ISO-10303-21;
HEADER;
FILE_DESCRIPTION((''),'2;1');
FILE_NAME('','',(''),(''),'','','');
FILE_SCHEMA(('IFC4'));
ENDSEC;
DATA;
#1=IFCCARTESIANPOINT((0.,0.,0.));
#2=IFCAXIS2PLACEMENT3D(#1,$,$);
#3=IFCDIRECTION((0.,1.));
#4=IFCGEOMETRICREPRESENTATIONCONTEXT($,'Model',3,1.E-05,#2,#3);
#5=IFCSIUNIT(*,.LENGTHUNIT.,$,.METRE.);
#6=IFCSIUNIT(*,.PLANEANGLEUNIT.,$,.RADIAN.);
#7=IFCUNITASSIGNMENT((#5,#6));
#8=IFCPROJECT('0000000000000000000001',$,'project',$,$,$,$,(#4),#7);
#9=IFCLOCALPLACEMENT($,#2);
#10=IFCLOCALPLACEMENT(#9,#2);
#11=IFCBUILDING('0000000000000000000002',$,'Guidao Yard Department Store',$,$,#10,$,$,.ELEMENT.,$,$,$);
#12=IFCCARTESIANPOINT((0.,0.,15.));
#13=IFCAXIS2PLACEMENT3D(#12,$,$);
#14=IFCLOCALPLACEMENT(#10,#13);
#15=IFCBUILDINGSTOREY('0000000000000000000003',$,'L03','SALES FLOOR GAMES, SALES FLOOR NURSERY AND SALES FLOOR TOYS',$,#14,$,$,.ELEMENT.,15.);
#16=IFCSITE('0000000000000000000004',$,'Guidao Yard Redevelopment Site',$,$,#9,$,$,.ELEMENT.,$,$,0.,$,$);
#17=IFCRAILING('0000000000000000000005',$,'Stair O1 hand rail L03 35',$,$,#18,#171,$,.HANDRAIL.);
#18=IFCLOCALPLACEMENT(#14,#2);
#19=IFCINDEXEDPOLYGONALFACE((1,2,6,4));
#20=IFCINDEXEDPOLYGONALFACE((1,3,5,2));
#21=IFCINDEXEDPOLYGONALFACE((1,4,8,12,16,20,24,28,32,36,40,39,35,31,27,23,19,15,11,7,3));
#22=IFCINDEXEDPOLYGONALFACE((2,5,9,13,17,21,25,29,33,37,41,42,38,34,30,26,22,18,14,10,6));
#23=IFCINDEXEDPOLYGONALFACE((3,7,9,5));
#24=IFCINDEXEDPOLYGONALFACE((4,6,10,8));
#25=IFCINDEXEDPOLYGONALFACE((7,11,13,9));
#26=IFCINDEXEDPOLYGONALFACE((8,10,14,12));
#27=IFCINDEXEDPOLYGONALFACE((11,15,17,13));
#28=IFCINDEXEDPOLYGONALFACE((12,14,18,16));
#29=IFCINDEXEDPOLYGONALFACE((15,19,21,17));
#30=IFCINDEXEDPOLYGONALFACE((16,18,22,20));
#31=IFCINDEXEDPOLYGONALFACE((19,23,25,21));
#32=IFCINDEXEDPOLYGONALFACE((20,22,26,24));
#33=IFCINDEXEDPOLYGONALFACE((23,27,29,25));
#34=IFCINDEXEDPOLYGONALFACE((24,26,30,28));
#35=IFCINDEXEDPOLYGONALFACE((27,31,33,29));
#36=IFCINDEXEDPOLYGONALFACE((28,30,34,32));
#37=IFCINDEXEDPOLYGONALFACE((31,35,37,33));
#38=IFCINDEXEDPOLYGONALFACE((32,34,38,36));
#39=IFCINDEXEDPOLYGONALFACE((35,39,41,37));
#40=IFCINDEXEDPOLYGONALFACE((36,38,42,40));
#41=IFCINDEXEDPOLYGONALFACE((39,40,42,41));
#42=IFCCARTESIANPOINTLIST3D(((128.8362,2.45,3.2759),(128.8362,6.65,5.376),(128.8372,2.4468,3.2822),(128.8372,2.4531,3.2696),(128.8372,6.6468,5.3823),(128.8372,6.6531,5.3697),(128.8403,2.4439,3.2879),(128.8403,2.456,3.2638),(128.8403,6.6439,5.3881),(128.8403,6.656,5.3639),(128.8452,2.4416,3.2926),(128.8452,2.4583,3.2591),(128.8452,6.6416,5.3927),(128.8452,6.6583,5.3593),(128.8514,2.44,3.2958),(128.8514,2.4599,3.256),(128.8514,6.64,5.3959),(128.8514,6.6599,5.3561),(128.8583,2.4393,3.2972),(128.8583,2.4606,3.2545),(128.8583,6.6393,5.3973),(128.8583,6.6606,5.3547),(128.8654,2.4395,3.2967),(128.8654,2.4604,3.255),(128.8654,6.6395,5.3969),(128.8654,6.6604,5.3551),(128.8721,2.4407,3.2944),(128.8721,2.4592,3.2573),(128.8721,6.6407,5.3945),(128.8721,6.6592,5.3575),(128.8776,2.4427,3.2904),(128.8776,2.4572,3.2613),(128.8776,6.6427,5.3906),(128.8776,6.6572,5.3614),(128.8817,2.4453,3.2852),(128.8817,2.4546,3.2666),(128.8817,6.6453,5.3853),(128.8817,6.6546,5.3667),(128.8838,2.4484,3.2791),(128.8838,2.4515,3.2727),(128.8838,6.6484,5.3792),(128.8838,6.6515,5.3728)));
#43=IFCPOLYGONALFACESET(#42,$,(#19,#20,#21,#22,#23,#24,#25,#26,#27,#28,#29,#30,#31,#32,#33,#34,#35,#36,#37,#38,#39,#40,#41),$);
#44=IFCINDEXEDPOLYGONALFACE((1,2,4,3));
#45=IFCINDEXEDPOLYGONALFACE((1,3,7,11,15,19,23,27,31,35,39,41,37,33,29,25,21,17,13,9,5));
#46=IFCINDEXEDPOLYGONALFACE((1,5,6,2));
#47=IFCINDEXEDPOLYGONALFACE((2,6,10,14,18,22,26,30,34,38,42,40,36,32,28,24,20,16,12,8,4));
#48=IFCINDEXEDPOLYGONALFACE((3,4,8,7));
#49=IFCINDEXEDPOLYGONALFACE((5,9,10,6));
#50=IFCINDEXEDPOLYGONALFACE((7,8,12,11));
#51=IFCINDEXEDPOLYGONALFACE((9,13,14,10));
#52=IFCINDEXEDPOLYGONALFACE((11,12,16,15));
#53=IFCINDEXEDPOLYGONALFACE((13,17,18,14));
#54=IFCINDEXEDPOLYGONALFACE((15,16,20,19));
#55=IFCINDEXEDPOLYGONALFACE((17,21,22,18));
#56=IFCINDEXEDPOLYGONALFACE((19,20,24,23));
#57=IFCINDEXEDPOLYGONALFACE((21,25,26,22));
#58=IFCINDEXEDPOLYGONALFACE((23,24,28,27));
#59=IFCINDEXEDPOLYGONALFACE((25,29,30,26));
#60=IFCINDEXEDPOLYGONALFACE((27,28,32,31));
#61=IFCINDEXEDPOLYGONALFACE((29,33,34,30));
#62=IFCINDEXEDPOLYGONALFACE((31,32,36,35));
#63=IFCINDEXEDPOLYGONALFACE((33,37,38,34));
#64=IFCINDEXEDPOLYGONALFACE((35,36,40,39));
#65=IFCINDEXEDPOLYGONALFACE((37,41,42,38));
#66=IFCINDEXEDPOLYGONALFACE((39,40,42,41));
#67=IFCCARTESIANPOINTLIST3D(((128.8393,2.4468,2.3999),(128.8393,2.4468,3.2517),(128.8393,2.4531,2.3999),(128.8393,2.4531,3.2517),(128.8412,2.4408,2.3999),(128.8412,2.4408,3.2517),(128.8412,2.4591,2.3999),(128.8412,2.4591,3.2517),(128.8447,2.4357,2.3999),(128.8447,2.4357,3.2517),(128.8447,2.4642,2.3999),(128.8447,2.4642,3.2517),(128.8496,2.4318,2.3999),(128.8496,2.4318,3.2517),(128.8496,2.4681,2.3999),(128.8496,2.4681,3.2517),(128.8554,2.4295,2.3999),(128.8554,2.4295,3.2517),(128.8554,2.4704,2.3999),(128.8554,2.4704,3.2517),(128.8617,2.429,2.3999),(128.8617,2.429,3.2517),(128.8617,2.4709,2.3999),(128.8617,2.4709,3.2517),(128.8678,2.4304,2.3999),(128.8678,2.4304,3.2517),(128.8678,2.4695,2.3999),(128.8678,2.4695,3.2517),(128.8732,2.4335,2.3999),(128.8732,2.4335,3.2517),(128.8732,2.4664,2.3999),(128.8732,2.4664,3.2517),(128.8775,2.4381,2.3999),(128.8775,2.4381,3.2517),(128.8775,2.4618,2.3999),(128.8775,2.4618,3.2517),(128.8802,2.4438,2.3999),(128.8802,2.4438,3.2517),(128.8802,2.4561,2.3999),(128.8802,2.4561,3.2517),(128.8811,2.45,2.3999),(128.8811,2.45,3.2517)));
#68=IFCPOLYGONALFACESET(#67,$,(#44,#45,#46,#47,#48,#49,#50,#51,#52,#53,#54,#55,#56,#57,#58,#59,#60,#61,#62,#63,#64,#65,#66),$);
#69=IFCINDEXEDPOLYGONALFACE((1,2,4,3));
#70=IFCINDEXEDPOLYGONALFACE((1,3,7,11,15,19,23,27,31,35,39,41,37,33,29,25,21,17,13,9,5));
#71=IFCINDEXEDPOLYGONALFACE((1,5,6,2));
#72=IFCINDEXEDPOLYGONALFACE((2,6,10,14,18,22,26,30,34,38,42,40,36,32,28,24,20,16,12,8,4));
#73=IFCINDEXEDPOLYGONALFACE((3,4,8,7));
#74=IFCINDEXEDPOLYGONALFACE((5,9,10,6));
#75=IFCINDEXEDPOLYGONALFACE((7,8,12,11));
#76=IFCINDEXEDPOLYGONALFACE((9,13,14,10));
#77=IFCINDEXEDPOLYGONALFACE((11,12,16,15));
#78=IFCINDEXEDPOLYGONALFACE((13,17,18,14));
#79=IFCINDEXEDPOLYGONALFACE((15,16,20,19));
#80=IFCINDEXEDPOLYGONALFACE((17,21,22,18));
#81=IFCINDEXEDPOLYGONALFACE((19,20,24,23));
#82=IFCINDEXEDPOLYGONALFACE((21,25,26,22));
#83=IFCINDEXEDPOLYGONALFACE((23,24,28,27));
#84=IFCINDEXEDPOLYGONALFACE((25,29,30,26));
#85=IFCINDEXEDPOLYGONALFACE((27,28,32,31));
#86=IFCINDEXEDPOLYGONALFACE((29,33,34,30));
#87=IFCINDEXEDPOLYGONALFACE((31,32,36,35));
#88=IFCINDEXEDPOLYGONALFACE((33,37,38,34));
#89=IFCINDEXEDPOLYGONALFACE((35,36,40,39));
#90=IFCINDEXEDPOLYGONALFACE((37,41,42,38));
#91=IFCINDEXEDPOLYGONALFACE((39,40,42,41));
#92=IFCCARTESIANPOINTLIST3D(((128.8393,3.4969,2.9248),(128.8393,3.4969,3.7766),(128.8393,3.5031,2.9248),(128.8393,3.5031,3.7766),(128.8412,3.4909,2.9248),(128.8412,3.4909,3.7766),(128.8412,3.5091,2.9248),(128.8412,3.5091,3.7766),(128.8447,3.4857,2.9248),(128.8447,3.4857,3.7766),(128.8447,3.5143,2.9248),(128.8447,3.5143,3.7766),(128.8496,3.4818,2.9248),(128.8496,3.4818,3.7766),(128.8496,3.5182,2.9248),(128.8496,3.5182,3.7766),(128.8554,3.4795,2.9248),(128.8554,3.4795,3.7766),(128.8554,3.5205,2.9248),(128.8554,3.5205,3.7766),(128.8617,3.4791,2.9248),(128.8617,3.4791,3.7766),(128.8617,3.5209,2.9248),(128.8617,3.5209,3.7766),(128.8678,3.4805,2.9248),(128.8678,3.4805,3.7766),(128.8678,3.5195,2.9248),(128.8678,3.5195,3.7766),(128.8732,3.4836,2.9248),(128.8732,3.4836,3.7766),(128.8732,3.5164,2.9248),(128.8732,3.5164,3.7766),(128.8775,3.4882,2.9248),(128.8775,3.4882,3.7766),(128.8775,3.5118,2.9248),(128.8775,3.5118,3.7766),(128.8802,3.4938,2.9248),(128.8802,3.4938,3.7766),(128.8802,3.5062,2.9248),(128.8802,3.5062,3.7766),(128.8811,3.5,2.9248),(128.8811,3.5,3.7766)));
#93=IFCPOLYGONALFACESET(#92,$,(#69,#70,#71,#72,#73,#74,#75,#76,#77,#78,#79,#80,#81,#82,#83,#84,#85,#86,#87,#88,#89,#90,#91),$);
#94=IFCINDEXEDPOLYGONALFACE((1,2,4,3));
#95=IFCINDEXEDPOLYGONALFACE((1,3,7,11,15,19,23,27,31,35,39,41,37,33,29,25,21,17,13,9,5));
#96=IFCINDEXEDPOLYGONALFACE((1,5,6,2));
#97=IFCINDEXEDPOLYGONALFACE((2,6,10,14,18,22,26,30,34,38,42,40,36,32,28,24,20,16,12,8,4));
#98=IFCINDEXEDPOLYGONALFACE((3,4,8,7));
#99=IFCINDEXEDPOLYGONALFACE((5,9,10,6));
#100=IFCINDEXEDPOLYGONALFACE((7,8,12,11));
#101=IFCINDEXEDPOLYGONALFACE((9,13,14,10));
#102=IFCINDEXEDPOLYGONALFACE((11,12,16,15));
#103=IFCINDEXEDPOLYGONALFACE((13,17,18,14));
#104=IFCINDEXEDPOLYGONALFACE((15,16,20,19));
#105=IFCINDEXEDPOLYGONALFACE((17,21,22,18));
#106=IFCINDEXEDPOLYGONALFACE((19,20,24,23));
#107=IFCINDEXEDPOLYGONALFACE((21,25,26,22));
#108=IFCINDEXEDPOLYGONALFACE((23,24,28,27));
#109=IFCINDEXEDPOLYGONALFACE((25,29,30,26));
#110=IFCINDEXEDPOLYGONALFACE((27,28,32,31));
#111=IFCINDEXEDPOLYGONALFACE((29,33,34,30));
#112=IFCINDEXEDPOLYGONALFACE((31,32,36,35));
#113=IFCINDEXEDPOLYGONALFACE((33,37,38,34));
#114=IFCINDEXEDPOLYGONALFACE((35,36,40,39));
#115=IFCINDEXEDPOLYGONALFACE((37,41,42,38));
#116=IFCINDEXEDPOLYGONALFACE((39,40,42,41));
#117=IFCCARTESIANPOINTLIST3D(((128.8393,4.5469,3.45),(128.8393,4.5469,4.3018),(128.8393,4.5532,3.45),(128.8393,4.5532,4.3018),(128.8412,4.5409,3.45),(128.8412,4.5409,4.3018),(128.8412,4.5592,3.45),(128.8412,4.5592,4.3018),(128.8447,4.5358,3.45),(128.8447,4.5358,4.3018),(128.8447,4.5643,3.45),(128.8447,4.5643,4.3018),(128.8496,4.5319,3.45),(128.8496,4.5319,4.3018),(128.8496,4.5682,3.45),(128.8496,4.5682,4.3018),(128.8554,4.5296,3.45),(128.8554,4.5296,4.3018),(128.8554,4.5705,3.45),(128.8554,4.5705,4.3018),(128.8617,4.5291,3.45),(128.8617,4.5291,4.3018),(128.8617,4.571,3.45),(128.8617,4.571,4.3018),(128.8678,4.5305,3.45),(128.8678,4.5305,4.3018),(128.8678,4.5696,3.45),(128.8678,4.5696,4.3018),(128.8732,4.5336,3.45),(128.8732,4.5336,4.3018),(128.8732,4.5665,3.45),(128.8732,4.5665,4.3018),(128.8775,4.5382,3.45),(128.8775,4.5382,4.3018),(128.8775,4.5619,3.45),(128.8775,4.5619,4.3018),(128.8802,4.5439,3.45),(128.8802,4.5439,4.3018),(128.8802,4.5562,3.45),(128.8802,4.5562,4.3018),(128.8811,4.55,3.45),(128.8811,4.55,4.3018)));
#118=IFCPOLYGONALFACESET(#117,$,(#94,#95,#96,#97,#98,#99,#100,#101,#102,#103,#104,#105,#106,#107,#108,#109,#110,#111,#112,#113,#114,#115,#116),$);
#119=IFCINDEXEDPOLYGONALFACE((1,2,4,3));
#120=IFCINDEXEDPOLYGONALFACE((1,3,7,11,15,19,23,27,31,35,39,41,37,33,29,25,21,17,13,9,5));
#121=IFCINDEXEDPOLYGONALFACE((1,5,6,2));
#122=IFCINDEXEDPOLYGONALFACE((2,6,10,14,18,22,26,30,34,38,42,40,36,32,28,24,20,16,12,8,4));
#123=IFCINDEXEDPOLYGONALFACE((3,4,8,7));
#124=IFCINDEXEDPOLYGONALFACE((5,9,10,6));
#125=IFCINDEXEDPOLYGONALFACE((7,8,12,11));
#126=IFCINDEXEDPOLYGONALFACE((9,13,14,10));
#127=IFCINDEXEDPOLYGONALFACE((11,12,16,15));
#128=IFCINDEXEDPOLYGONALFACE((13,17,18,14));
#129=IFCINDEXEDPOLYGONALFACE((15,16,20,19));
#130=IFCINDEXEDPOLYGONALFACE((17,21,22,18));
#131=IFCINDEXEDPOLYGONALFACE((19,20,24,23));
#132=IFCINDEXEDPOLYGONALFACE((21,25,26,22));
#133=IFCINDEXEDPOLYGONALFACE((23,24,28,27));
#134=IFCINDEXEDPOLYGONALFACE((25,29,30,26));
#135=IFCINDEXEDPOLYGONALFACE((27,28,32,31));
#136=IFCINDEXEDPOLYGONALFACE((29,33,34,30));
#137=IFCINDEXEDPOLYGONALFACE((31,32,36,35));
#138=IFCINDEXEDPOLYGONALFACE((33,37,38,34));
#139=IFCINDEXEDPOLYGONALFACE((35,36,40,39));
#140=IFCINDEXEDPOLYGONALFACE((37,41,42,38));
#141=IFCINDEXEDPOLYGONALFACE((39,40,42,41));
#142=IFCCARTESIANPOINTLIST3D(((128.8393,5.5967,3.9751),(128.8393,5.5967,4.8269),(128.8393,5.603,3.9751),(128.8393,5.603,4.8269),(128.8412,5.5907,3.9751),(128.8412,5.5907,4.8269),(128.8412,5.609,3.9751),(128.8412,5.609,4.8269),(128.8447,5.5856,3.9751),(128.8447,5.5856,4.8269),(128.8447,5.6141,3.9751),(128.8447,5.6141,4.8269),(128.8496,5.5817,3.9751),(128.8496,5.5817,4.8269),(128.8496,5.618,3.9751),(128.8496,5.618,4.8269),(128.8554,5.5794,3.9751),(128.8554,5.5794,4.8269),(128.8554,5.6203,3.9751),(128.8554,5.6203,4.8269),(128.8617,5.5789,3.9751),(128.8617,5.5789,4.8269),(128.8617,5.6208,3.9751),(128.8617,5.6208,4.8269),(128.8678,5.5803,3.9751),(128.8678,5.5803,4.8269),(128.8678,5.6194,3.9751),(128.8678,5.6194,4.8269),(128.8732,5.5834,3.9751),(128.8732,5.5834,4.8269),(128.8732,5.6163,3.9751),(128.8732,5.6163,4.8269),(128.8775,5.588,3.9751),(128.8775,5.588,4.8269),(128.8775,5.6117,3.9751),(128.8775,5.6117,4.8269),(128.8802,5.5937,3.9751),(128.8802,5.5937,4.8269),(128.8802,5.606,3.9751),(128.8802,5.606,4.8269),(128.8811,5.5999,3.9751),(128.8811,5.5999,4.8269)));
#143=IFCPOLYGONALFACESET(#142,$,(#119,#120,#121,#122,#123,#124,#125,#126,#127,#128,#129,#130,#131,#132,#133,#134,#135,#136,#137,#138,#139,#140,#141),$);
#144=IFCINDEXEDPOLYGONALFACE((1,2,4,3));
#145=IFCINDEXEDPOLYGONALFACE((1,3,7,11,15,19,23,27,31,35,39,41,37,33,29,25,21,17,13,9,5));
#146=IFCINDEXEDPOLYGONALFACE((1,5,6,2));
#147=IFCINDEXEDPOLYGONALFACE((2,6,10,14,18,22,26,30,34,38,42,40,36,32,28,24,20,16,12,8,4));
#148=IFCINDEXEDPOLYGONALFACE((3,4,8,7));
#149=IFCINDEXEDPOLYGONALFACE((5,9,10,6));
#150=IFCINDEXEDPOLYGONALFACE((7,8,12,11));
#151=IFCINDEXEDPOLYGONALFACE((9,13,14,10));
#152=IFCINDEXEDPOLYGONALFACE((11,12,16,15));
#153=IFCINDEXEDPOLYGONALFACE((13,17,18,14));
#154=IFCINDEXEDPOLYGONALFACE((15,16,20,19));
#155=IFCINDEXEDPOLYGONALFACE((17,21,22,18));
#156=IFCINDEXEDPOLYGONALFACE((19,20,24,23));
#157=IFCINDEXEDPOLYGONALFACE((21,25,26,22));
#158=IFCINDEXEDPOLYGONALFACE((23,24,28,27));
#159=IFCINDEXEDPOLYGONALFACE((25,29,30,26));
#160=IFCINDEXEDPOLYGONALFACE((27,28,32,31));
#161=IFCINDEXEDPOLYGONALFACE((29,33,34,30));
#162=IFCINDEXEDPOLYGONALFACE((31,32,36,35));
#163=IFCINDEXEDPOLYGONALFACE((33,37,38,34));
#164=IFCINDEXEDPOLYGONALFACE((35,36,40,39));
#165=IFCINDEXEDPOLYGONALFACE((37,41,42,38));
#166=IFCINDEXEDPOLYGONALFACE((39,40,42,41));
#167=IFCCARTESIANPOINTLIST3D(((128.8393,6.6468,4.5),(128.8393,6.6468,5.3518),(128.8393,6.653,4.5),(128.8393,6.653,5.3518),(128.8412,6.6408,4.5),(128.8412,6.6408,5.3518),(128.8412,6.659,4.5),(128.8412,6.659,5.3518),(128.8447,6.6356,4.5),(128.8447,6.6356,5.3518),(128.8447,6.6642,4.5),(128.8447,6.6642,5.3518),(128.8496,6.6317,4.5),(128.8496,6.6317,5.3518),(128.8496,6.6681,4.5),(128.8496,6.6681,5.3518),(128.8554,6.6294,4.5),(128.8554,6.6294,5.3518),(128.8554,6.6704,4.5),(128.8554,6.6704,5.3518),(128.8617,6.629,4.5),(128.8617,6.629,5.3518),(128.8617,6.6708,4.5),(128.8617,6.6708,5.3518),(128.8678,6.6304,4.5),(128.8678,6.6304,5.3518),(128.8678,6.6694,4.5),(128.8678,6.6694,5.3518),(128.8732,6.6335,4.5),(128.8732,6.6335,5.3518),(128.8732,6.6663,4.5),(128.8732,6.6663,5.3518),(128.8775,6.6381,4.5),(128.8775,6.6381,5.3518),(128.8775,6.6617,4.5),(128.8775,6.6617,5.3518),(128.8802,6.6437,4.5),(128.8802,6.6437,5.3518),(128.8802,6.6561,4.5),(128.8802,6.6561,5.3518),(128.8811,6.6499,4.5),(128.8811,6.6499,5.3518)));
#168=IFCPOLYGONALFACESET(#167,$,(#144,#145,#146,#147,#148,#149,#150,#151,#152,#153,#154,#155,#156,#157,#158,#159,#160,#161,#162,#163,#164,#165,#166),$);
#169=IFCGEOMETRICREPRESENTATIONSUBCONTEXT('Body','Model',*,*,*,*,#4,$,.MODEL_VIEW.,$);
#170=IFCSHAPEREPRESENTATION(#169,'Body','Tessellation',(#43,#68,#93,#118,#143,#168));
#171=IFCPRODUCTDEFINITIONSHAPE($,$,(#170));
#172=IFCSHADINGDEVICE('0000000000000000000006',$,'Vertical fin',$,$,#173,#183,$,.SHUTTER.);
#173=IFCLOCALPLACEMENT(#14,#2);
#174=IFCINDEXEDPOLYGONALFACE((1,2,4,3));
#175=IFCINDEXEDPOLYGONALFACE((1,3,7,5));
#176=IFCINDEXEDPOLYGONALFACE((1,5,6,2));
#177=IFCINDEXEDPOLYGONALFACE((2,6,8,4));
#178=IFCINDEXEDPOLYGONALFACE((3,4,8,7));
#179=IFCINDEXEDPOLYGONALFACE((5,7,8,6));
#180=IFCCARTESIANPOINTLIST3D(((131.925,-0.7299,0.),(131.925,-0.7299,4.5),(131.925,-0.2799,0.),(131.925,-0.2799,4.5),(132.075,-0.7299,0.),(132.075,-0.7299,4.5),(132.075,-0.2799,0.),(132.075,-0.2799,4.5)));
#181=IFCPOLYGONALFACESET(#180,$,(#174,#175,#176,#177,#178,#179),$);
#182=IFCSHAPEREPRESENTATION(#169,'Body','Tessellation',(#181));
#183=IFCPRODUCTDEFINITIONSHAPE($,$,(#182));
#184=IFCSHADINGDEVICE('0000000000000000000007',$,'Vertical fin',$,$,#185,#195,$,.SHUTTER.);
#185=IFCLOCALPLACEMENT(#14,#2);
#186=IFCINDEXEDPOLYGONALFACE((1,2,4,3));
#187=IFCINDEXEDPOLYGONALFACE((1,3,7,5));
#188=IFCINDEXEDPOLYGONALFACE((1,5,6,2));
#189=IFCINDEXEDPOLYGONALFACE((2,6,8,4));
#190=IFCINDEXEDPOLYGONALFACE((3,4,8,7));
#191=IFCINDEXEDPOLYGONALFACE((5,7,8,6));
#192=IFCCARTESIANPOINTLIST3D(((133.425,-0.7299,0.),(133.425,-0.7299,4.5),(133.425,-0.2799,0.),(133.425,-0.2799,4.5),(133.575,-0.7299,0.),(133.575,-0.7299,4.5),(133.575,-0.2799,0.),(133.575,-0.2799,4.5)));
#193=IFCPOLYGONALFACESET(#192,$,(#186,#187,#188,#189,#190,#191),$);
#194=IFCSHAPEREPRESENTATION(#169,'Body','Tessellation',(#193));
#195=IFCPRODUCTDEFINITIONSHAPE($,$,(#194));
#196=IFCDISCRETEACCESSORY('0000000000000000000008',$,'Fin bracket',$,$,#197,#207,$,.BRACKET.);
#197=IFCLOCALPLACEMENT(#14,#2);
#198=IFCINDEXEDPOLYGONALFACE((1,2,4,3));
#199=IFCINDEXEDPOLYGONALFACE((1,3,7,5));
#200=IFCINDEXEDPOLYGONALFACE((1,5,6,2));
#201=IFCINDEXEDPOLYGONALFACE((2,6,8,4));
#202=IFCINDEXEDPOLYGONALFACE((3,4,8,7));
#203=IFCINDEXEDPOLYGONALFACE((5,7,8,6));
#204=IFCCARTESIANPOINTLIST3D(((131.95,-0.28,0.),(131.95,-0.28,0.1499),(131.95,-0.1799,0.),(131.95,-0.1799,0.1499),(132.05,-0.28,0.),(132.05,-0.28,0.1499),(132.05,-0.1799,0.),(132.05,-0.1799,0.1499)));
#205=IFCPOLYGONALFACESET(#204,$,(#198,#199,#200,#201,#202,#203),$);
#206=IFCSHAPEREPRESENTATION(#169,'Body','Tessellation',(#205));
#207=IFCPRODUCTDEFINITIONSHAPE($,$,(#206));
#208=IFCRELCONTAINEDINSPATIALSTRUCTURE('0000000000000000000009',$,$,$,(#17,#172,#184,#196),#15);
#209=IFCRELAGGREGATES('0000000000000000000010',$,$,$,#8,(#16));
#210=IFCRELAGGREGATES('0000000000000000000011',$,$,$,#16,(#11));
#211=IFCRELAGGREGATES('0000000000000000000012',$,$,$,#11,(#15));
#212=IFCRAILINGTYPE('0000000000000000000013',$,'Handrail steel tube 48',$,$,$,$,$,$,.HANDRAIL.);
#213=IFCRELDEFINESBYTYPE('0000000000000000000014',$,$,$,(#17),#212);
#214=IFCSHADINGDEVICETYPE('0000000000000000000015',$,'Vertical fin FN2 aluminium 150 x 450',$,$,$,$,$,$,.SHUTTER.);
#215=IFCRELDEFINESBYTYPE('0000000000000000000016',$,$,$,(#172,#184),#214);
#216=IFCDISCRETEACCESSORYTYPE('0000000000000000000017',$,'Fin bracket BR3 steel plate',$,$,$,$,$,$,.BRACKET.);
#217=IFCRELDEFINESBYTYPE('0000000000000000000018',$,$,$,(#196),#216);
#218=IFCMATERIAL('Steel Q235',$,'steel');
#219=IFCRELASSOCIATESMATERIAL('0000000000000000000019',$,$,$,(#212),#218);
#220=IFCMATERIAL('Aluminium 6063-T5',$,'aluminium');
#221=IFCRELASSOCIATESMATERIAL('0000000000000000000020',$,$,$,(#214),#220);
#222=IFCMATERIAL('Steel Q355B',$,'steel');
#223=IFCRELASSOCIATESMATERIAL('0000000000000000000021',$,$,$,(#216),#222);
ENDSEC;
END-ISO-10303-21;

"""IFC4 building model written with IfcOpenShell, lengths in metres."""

from ifc_helpers import new_model, si_unit, direction, frame, origin, origin_2d, place, context, subcontext, project, spatial, rectangle, circle, extrude, material, type_object, element, save


model = new_model("IFC4")

# Units and contexts
model_context = context("Model", 3, precision=1e-05, world=origin(), true_north=direction((0.0, 1.0)))
body_context = subcontext(model_context, "Body", "Model", "MODEL_VIEW")
ifc_project = project(units=[si_unit("LENGTHUNIT", "METRE"), si_unit("PLANEANGLEUNIT", "RADIAN")], contexts=[model_context])

# Site, building, storey
site_placement = place(None, origin())
site = spatial("IfcSite", under=ifc_project, at=site_placement, Name="Guidao Yard Redevelopment Site", CompositionType="ELEMENT", RefElevation=0.0)
building_placement = place(site_placement, origin())
building = spatial("IfcBuilding", under=site, at=building_placement, Name="Guidao Yard Department Store", CompositionType="ELEMENT")
storey_placement = place(building_placement, frame((0.0, 0.0, 15.0)))
storey = spatial("IfcBuildingStorey", under=building, at=storey_placement, Name="L03", Description="SALES FLOOR GAMES, SALES FLOOR NURSERY AND SALES FLOOR TOYS", CompositionType="ELEMENT", Elevation=15.0)

# Railing
ifc_material_1 = material(Name="Steel Q235", Category="steel")
railing_type = type_object("IfcRailingType", Name="Handrail steel tube 48", PredefinedType="HANDRAIL", material=ifc_material_1)
railing_placement = place(storey_placement, frame((128.8601, 2.45, 2.3999)))
element("IfcRailing", 1, at=railing_placement, inside=storey, type_object=railing_type, Name="Stair O1 hand rail L03 35", PredefinedType="HANDRAIL", context=body_context, shape_type="SweptSolid", body=[
    extrude(circle(Radius=0.0239, at=origin_2d()), frame((0.0, 0.0, 0.876), z_axis=(0.0, 0.894417, 0.447234), x_axis=(-1.0, 0.0, 0.0)), (0.0, 0.0, 1.0), 4.6958),
    extrude(circle(Radius=0.021, at=origin_2d()), origin(), (0.0, 0.0, 1.0), 0.8518),
    extrude(circle(Radius=0.021, at=origin_2d()), frame((0.0, 1.05, 0.5249)), (0.0, 0.0, 1.0), 0.8518),
    extrude(circle(Radius=0.021, at=origin_2d()), frame((0.0, 2.1001, 1.05)), (0.0, 0.0, 1.0), 0.8518),
    extrude(circle(Radius=0.021, at=origin_2d()), frame((0.0, 3.1499, 1.5752)), (0.0, 0.0, 1.0), 0.8518),
    extrude(circle(Radius=0.021, at=origin_2d()), frame((0.0, 4.2, 2.1001)), (0.0, 0.0, 1.0), 0.8518),
])

# Shading devices
ifc_material_2 = material(Name="Aluminium 6063-T5", Category="aluminium")
shading_device_type = type_object("IfcShadingDeviceType", Name="Vertical fin FN2 aluminium 150 x 450", PredefinedType="SHUTTER", material=ifc_material_2)
for number, where, z_axis, x_axis, name in (
    (2, (132.0, -0.5049, 0.0), (0.0, 0.0, 1.0), (-1.0, 0.0, 0.0), "Vertical fin"),
    (3, (133.5, -0.5049, 0.0), (0.0, 0.0, 1.0), (-1.0, 0.0, 0.0), "Vertical fin"),
):
    element("IfcShadingDevice", number, at=place(storey_placement, frame(where, z_axis=z_axis, x_axis=x_axis)), inside=storey, type_object=shading_device_type, Name=name, PredefinedType="SHUTTER", context=body_context, shape_type="SweptSolid", body=[
        extrude(rectangle(XDim=0.1499, YDim=0.45, at=origin_2d()), origin(), (0.0, 0.0, 1.0), 4.5),
    ])

# Discrete accessory
ifc_material_3 = material(Name="Steel Q355B", Category="steel")
discrete_accessory_type = type_object("IfcDiscreteAccessoryType", Name="Fin bracket BR3 steel plate", PredefinedType="BRACKET", material=ifc_material_3)
for number, where, z_axis, x_axis, name in (
    (4, (132.0, -0.23, 0.0), (0.0, 0.0, 1.0), (-1.0, 0.0, 0.0), "Fin bracket"),
):
    element("IfcDiscreteAccessory", number, at=place(storey_placement, frame(where, z_axis=z_axis, x_axis=x_axis)), inside=storey, type_object=discrete_accessory_type, Name=name, PredefinedType="BRACKET", context=body_context, shape_type="SweptSolid", body=[
        extrude(rectangle(XDim=0.1001, YDim=0.1001, at=origin_2d()), origin(), (0.0, 0.0, 1.0), 0.1499),
    ])

save(model, "model.ifc")
